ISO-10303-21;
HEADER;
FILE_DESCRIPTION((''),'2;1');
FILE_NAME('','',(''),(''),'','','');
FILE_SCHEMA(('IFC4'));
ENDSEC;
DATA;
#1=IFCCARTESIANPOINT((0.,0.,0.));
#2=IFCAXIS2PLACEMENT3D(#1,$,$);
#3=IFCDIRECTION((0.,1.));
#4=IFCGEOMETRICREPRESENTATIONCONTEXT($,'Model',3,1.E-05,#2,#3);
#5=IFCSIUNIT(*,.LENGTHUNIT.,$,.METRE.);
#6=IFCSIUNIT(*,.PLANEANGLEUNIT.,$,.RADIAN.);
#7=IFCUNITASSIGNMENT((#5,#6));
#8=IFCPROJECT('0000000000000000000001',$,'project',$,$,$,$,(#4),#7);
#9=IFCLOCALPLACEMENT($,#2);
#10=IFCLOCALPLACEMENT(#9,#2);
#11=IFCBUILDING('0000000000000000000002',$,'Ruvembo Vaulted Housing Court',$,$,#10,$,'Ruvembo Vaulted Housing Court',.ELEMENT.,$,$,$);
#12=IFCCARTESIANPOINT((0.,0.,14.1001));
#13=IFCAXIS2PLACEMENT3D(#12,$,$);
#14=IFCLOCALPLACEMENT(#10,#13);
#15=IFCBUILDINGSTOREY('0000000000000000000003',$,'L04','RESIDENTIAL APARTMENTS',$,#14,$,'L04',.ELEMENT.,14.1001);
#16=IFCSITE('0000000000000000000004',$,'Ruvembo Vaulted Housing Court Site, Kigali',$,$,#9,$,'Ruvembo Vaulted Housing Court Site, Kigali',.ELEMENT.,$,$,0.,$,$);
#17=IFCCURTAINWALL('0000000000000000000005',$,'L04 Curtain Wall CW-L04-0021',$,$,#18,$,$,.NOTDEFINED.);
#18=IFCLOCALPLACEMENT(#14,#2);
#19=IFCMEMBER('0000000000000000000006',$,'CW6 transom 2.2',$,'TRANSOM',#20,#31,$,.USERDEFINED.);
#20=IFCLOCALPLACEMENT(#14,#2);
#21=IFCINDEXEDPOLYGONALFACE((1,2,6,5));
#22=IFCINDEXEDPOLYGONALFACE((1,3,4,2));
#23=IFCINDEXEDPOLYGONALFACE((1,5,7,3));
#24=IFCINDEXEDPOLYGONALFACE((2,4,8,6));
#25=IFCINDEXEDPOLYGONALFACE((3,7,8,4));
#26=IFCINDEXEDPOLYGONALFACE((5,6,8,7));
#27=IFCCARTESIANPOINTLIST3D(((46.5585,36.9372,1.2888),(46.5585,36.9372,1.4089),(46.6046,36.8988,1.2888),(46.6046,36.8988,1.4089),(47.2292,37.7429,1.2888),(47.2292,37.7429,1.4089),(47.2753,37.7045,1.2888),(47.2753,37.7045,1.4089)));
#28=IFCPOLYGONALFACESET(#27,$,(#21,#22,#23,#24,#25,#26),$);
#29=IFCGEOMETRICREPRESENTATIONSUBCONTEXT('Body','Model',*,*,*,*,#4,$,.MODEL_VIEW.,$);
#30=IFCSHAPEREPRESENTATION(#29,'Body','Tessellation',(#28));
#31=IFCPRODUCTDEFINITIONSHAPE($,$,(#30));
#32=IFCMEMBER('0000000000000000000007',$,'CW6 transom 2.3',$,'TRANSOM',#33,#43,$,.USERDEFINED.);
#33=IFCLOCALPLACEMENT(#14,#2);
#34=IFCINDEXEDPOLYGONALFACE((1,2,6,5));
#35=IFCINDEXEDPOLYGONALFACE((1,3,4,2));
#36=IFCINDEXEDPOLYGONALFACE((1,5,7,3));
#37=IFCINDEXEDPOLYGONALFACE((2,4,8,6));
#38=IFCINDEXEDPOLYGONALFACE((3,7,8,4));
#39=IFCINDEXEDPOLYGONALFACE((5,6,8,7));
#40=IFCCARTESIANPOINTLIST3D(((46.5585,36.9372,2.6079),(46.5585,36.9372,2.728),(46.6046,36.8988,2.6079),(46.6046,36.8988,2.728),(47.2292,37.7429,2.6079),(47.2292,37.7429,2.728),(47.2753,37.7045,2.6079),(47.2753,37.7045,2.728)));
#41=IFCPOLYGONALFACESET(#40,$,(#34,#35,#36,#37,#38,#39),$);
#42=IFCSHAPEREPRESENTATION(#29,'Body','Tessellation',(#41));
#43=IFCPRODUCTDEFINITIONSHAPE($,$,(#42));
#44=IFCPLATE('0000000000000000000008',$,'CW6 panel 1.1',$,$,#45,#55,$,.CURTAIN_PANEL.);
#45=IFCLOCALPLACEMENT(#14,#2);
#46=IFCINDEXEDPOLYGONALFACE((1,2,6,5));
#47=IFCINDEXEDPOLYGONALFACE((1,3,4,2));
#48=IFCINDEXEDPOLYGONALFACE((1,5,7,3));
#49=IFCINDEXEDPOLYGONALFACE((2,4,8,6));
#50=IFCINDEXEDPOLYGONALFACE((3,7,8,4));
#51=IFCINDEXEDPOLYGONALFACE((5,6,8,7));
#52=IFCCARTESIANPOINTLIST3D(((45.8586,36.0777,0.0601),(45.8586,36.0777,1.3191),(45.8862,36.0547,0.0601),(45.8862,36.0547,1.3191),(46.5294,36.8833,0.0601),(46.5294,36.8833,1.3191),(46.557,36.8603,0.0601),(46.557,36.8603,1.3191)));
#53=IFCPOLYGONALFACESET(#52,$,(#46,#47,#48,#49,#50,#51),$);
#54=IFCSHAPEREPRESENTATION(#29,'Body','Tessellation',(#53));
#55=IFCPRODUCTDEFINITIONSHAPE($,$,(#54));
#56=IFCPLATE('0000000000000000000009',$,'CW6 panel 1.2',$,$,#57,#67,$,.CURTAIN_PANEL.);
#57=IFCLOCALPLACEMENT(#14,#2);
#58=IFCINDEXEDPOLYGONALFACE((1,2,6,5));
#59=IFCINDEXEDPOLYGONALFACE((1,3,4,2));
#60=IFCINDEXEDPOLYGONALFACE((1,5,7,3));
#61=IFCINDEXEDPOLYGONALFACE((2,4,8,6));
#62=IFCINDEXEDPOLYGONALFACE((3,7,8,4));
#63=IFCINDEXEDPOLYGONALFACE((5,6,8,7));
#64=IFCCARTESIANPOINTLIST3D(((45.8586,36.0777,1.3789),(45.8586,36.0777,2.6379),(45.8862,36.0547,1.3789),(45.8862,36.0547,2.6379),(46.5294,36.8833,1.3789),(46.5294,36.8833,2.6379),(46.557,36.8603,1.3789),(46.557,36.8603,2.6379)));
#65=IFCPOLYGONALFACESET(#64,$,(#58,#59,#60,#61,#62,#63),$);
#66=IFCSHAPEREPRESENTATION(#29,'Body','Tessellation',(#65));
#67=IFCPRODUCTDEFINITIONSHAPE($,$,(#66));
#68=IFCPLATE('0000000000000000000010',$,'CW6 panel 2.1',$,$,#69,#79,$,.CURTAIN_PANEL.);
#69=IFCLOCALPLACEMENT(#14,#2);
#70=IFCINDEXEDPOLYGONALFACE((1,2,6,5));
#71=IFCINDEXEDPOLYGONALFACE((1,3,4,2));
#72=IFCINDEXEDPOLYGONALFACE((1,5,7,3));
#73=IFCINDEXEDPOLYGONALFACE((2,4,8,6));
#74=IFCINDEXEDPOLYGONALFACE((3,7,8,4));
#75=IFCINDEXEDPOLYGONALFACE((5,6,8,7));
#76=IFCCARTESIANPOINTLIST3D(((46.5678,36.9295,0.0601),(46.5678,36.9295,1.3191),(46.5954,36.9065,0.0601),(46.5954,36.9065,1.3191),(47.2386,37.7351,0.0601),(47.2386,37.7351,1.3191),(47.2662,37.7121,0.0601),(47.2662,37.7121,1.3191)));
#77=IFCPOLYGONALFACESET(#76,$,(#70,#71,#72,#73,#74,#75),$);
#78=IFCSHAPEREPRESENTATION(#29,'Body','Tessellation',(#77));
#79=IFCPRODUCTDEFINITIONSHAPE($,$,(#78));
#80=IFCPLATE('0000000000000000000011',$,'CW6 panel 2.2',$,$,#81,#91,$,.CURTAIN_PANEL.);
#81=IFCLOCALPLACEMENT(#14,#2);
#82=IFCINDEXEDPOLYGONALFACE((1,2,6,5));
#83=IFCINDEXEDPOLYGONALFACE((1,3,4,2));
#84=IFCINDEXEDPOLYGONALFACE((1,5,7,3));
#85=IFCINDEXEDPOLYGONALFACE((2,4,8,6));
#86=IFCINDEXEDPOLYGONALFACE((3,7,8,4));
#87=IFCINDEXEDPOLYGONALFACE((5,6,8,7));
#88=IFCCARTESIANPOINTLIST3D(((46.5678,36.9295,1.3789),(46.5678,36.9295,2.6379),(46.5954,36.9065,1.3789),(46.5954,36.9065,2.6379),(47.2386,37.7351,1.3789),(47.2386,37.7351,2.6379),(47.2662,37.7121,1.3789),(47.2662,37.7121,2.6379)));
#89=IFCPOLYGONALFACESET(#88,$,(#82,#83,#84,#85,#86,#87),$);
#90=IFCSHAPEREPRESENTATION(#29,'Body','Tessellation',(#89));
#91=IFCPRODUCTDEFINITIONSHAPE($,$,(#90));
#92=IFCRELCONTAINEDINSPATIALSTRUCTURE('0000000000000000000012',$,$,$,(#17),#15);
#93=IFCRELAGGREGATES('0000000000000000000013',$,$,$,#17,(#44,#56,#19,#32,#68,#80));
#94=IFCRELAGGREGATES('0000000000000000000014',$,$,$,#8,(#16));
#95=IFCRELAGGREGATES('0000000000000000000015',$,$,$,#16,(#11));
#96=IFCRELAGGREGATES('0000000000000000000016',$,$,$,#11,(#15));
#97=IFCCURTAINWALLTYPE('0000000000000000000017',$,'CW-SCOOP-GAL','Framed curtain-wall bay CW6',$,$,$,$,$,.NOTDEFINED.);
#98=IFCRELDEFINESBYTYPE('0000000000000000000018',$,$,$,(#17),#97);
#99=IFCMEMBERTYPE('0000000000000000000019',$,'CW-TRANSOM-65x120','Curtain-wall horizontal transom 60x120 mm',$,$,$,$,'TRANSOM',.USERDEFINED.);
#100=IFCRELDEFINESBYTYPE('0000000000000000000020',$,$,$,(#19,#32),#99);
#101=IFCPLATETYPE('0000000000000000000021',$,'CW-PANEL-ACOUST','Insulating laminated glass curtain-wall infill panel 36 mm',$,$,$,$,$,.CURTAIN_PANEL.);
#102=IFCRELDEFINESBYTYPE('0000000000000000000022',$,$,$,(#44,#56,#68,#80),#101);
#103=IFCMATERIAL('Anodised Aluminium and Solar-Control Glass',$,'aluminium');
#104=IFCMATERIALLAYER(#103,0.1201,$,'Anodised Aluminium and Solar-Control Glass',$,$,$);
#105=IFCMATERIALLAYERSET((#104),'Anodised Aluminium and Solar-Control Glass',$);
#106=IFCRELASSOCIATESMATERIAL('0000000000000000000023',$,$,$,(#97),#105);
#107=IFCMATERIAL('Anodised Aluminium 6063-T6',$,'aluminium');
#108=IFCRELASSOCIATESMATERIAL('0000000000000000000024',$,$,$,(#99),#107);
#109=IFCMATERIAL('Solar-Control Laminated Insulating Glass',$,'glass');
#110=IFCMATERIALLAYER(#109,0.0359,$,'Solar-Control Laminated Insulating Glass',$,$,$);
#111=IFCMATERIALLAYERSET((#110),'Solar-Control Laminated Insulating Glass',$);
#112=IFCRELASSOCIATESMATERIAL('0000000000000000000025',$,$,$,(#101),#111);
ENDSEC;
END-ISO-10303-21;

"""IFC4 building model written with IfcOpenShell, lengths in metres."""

from ifc_helpers import new_model, si_unit, direction, frame, origin, origin_2d, place, context, subcontext, project, spatial, rectangle, extrude, material, layer, layer_set, material_profile, profile_set, type_object, element, aggregate, save


model = new_model("IFC4")

# Units and contexts
model_context = context("Model", 3, precision=1e-05, world=origin(), true_north=direction((0.0, 1.0)))
body_context = subcontext(model_context, "Body", "Model", "MODEL_VIEW")
ifc_project = project(units=[si_unit("LENGTHUNIT", "METRE"), si_unit("PLANEANGLEUNIT", "RADIAN")], contexts=[model_context])

# Site, building, storey
site_placement = place(None, origin())
site = spatial("IfcSite", under=ifc_project, at=site_placement, Name="Ruvembo Vaulted Housing Court Site, Kigali", LongName="Ruvembo Vaulted Housing Court Site, Kigali", CompositionType="ELEMENT", RefElevation=0.0)
building_placement = place(site_placement, origin())
building = spatial("IfcBuilding", under=site, at=building_placement, Name="Ruvembo Vaulted Housing Court", LongName="Ruvembo Vaulted Housing Court", CompositionType="ELEMENT")
storey_placement = place(building_placement, frame((0.0, 0.0, 14.1001)))
storey = spatial("IfcBuildingStorey", under=building, at=storey_placement, Name="L04", Description="RESIDENTIAL APARTMENTS", LongName="L04", CompositionType="ELEMENT", Elevation=14.1001)

# Curtain wall, members, plates
ifc_material_1 = material(Name="Anodised Aluminium and Solar-Control Glass", Category="aluminium")
ifc_layer_1 = layer(ifc_material_1, 0.1201, Name="Anodised Aluminium and Solar-Control Glass")
ifc_layer_set_1 = layer_set([ifc_layer_1], Name="Anodised Aluminium and Solar-Control Glass")
curtain_wall_type = type_object("IfcCurtainWallType", Name="CW-SCOOP-GAL", Description="Framed curtain-wall bay CW6", PredefinedType="NOTDEFINED", material=ifc_layer_set_1)
curtain_wall_placement = place(storey_placement, origin())
curtain_wall = element("IfcCurtainWall", 1, at=curtain_wall_placement, inside=storey, type_object=curtain_wall_type, Name="L04 Curtain Wall CW-L04-0021", PredefinedType="NOTDEFINED")
ifc_material_2 = material(Name="Anodised Aluminium 6063-T6", Category="aluminium")
ifc_material_profile_1 = material_profile(ifc_material_2, rectangle(XDim=0.0601, YDim=0.1201, at=origin_2d()), Name="ALU 60x120")
ifc_profile_set_1 = profile_set([ifc_material_profile_1], Name="Anodised Aluminium 6063-T6")
member_type_1 = type_object("IfcMemberType", Name="CW-TRANSOM-65x120", Description="Curtain-wall horizontal transom 60x120 mm", ElementType="TRANSOM", PredefinedType="USERDEFINED", material=ifc_profile_set_1)
member_1_placement = place(storey_placement, frame((46.5815, 36.918, 1.3489), z_axis=(0.639772, 0.768565, 0.0), x_axis=(-0.768565, 0.639772, 0.0)))
member_1 = element("IfcMember", 2, at=member_1_placement, type_object=member_type_1, Name="CW6 transom 2.2", ObjectType="TRANSOM", PredefinedType="USERDEFINED", context=body_context, shape_type="SweptSolid", body=[
    extrude(rectangle(XDim=0.0601, YDim=0.1201, at=origin_2d()), origin(), (0.0, 0.0, 1.0), 1.0483),
])
member_2_placement = place(storey_placement, frame((46.5815, 36.918, 2.668), z_axis=(0.639772, 0.768565, 0.0), x_axis=(-0.768565, 0.639772, 0.0)))
member_2 = element("IfcMember", 3, at=member_2_placement, type_object=member_type_1, Name="CW6 transom 2.3", ObjectType="TRANSOM", PredefinedType="USERDEFINED", context=body_context, shape_type="SweptSolid", body=[
    extrude(rectangle(XDim=0.0601, YDim=0.1201, at=origin_2d()), origin(), (0.0, 0.0, 1.0), 1.0483),
])
ifc_material_3 = material(Name="Solar-Control Laminated Insulating Glass", Category="glass")
ifc_layer_2 = layer(ifc_material_3, 0.0359, Name="Solar-Control Laminated Insulating Glass")
ifc_layer_set_2 = layer_set([ifc_layer_2], Name="Solar-Control Laminated Insulating Glass")
plate_type = type_object("IfcPlateType", Name="CW-PANEL-ACOUST", Description="Insulating laminated glass curtain-wall infill panel 36 mm", PredefinedType="CURTAIN_PANEL", material=ifc_layer_set_2)
plate_1_placement = place(storey_placement, frame((46.2078, 36.469, 0.0601), z_axis=(0.0, 0.0, 1.0), x_axis=(0.639869, 0.768484, 0.0)))
plate_1 = element("IfcPlate", 4, at=plate_1_placement, type_object=plate_type, Name="CW6 panel 1.1", PredefinedType="CURTAIN_PANEL", context=body_context, shape_type="SweptSolid", body=[
    extrude(rectangle(XDim=1.0483, YDim=0.0359, at=origin_2d()), origin(), (0.0, 0.0, 1.0), 1.259),
])
plate_2_placement = place(storey_placement, frame((46.2078, 36.469, 1.3789), z_axis=(0.0, 0.0, 1.0), x_axis=(0.639869, 0.768484, 0.0)))
plate_2 = element("IfcPlate", 5, at=plate_2_placement, type_object=plate_type, Name="CW6 panel 1.2", PredefinedType="CURTAIN_PANEL", context=body_context, shape_type="SweptSolid", body=[
    extrude(rectangle(XDim=1.0483, YDim=0.0359, at=origin_2d()), origin(), (0.0, 0.0, 1.0), 1.259),
])
plate_3_placement = place(storey_placement, frame((46.917, 37.3208, 0.0601), z_axis=(0.0, 0.0, 1.0), x_axis=(0.639869, 0.768484, 0.0)))
plate_3 = element("IfcPlate", 6, at=plate_3_placement, type_object=plate_type, Name="CW6 panel 2.1", PredefinedType="CURTAIN_PANEL", context=body_context, shape_type="SweptSolid", body=[
    extrude(rectangle(XDim=1.0483, YDim=0.0359, at=origin_2d()), origin(), (0.0, 0.0, 1.0), 1.259),
])
plate_4_placement = place(storey_placement, frame((46.917, 37.3208, 1.3789), z_axis=(0.0, 0.0, 1.0), x_axis=(0.639869, 0.768484, 0.0)))
plate_4 = element("IfcPlate", 7, at=plate_4_placement, type_object=plate_type, Name="CW6 panel 2.2", PredefinedType="CURTAIN_PANEL", context=body_context, shape_type="SweptSolid", body=[
    extrude(rectangle(XDim=1.0483, YDim=0.0359, at=origin_2d()), origin(), (0.0, 0.0, 1.0), 1.259),
])
aggregate(curtain_wall, [plate_1, plate_2, member_1, member_2, plate_3, plate_4])

save(model, "model.ifc")
